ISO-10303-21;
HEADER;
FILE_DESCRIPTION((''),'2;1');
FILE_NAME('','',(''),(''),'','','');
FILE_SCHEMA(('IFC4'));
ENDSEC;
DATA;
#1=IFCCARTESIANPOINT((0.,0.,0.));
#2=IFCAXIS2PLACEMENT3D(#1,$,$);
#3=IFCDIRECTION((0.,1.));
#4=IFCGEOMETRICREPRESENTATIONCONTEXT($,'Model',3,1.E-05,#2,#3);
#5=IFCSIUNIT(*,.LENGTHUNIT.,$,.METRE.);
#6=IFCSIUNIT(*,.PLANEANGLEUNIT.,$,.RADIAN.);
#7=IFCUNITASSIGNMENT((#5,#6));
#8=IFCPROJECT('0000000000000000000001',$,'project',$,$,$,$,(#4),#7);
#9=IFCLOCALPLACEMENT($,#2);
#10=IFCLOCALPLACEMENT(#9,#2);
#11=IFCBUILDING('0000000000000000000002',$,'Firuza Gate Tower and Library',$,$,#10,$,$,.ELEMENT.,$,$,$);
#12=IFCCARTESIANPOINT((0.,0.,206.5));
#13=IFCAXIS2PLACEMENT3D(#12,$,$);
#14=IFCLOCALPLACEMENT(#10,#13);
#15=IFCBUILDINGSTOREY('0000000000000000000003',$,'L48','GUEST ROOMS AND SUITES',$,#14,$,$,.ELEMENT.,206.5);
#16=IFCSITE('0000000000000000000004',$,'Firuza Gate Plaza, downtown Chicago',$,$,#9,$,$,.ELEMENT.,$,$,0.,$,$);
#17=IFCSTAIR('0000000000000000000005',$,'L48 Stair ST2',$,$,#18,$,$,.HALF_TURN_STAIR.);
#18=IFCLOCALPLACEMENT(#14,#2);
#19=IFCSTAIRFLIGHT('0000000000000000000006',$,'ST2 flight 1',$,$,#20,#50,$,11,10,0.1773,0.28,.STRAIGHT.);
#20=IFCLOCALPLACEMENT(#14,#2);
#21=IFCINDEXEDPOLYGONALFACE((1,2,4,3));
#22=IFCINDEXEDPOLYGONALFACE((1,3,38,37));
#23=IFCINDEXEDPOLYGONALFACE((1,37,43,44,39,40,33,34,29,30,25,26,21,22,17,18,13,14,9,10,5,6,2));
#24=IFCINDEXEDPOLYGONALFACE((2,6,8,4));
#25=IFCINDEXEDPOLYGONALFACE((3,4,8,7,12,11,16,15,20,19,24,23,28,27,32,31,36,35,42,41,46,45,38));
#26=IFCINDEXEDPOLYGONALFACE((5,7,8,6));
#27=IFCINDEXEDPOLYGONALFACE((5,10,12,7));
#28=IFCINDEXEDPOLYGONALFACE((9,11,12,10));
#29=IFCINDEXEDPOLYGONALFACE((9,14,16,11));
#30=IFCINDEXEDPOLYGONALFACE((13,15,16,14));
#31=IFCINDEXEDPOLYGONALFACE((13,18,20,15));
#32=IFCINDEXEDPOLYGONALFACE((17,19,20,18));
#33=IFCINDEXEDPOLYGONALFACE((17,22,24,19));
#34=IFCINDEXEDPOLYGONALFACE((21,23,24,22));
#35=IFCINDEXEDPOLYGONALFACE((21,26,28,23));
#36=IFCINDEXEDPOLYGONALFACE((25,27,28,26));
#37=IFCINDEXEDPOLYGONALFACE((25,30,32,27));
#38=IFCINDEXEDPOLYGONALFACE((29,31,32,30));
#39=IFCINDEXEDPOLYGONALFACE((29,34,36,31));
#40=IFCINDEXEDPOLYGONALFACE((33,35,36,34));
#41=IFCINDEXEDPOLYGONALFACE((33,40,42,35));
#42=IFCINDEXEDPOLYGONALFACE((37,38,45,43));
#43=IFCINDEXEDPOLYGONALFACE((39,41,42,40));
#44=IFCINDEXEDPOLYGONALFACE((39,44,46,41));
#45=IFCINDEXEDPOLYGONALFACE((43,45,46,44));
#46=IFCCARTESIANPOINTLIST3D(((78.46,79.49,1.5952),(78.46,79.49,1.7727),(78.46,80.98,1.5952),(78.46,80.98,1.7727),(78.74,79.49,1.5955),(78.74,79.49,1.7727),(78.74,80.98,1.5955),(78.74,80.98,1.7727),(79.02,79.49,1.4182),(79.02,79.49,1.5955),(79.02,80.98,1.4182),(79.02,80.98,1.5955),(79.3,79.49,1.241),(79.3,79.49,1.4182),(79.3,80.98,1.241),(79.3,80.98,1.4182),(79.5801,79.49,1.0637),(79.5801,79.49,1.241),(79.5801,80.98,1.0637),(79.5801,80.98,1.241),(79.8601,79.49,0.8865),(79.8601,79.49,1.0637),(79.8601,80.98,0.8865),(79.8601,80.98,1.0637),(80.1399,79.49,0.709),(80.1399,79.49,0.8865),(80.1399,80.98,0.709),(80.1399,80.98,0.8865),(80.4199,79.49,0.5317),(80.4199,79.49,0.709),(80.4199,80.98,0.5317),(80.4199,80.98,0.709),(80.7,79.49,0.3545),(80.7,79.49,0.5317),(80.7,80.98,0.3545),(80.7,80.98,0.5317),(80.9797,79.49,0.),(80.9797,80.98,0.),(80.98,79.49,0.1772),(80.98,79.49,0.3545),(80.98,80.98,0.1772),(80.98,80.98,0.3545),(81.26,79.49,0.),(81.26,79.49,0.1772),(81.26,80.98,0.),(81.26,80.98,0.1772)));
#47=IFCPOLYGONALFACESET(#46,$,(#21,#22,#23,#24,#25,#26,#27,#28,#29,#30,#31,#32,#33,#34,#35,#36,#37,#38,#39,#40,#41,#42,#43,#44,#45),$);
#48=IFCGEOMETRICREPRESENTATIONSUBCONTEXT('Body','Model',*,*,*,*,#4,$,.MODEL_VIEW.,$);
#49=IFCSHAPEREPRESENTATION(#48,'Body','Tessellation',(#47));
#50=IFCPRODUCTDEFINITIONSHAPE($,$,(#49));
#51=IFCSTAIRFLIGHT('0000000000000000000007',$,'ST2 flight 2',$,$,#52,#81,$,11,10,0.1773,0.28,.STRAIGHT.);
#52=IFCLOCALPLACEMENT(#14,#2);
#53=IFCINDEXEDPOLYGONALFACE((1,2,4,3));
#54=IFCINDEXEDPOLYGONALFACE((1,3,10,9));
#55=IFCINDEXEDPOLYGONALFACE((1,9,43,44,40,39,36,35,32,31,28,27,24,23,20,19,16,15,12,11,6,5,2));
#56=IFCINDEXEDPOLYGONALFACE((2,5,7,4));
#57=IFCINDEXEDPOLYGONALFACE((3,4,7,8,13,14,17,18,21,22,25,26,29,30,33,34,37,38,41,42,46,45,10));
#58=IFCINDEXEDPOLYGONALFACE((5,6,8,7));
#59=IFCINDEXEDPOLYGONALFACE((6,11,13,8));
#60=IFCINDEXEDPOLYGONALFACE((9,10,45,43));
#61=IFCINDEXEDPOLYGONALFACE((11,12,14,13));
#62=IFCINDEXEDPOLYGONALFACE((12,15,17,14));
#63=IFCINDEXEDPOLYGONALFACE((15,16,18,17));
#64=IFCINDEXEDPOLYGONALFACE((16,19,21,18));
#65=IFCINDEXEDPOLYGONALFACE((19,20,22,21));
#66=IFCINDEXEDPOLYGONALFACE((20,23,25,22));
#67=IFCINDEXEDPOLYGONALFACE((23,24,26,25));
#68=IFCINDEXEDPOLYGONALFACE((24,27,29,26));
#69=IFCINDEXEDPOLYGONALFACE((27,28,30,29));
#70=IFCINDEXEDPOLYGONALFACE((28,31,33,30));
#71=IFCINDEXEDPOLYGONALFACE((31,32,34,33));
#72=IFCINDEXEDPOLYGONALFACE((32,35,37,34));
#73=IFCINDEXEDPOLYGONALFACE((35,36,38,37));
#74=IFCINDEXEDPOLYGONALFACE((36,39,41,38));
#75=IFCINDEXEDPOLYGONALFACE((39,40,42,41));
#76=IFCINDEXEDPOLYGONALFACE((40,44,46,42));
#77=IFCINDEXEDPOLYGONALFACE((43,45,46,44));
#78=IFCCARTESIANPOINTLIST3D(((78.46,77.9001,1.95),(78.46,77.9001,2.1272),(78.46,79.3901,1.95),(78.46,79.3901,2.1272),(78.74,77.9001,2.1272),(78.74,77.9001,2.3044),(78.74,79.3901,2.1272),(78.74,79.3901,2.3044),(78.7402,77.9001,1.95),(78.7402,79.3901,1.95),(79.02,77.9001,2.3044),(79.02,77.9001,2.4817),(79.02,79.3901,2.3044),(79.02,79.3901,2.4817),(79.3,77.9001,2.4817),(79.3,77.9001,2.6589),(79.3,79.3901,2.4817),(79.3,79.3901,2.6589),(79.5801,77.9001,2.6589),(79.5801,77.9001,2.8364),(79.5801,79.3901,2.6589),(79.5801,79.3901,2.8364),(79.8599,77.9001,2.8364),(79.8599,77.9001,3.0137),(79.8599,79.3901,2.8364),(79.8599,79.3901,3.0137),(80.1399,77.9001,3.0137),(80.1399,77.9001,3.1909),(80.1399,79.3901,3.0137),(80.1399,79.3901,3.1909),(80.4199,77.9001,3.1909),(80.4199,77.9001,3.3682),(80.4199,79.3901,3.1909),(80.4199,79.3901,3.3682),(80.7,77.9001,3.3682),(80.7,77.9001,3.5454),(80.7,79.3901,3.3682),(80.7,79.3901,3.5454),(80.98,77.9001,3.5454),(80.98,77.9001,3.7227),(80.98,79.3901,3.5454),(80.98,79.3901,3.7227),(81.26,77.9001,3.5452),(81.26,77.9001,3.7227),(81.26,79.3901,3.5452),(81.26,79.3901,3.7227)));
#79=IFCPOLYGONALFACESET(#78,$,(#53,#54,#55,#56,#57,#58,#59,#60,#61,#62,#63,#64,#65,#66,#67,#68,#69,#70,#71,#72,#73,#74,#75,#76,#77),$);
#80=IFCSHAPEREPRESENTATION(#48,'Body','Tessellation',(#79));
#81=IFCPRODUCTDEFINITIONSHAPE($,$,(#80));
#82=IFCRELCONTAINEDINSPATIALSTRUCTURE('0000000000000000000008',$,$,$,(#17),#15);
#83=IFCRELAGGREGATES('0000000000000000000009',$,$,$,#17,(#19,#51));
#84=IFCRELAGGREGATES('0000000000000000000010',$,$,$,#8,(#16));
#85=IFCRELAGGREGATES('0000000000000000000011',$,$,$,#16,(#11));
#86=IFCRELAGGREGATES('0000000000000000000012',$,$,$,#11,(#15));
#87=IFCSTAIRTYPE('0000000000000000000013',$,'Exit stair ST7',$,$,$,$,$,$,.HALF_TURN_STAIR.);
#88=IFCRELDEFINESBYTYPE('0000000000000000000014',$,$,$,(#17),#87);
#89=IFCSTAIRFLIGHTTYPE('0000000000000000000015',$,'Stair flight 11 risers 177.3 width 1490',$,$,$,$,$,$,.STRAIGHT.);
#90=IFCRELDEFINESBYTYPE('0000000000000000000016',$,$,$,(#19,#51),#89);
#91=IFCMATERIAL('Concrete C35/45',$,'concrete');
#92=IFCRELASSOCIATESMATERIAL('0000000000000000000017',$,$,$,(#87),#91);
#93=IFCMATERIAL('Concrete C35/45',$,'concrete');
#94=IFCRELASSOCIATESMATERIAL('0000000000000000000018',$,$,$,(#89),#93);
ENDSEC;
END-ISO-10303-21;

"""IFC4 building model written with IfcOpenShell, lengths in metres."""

from ifc_helpers import new_model, si_unit, direction, frame, origin, place, context, subcontext, project, spatial, polyline, outline, extrude, material, type_object, element, aggregate, save


model = new_model("IFC4")

# Units and contexts
model_context = context("Model", 3, precision=1e-05, world=origin(), true_north=direction((0.0, 1.0)))
body_context = subcontext(model_context, "Body", "Model", "MODEL_VIEW")
ifc_project = project(units=[si_unit("LENGTHUNIT", "METRE"), si_unit("PLANEANGLEUNIT", "RADIAN")], contexts=[model_context])

# Site, building, storey
site_placement = place(None, origin())
site = spatial("IfcSite", under=ifc_project, at=site_placement, Name="Firuza Gate Plaza, downtown Chicago", CompositionType="ELEMENT", RefElevation=0.0)
building_placement = place(site_placement, origin())
building = spatial("IfcBuilding", under=site, at=building_placement, Name="Firuza Gate Tower and Library", CompositionType="ELEMENT")
storey_placement = place(building_placement, frame((0.0, 0.0, 206.5)))
storey = spatial("IfcBuildingStorey", under=building, at=storey_placement, Name="L48", Description="GUEST ROOMS AND SUITES", CompositionType="ELEMENT", Elevation=206.5)

# Shared definitions
placement = place(storey_placement, origin())

# Stair, stair flights
ifc_material_1 = material(Name="Concrete C35/45", Category="concrete")
stair_type = type_object("IfcStairType", Name="Exit stair ST7", PredefinedType="HALF_TURN_STAIR", material=ifc_material_1)
stair = element("IfcStair", 1, at=placement, inside=storey, type_object=stair_type, Name="L48 Stair ST2", PredefinedType="HALF_TURN_STAIR")
ifc_material_2 = material(Name="Concrete C35/45", Category="concrete")
stair_flight_type = type_object("IfcStairFlightType", Name="Stair flight 11 risers 177.3 width 1490", PredefinedType="STRAIGHT", material=ifc_material_2)
stair_flight_1_placement = place(storey_placement, frame((81.26, 80.2351, 0.0), z_axis=(0.0, 0.0, 1.0), x_axis=(-1.0, 0.0, 0.0)))
stair_flight_1 = element("IfcStairFlight", 2, at=stair_flight_1_placement, type_object=stair_flight_type, Name="ST2 flight 1", NumberOfRisers=11, NumberOfTreads=10, PredefinedType="STRAIGHT", RiserHeight=0.1773, TreadLength=0.28, context=body_context, shape_type="SweptSolid", body=[
    extrude(outline(polyline([(0.0, 0.0), (0.0, 0.1772), (0.28, 0.1772), (0.28, 0.3545), (0.5601, 0.3545), (0.5601, 0.5317), (0.8401, 0.5317), (0.8401, 0.709), (1.1201, 0.709), (1.1201, 0.8865), (1.3999, 0.8865), (1.3999, 1.0637), (1.6799, 1.0637), (1.6799, 1.241), (1.96, 1.241), (1.96, 1.4182), (2.24, 1.4182), (2.24, 1.5955), (2.52, 1.5955), (2.52, 1.7727), (2.8, 1.7727), (2.8, 1.95), (2.8, 1.5952), (0.2803, 0.0), (0.0, 0.0)])), frame((0.0, 0.7451, 0.0), z_axis=(0.0, -1.0, 0.0), x_axis=(1.0, 0.0, 0.0)), (0.0, 0.0, 1.0), 1.49),
])
stair_flight_2_placement = place(storey_placement, frame((78.46, 78.645, 1.95), z_axis=(0.0, 0.0, 1.0), x_axis=(1.0, 0.0, 0.0)))
stair_flight_2 = element("IfcStairFlight", 3, at=stair_flight_2_placement, type_object=stair_flight_type, Name="ST2 flight 2", NumberOfRisers=11, NumberOfTreads=10, PredefinedType="STRAIGHT", RiserHeight=0.1773, TreadLength=0.28, context=body_context, shape_type="SweptSolid", body=[
    extrude(outline(polyline([(0.0, 0.0), (0.0, 0.1772), (0.28, 0.1772), (0.28, 0.3545), (0.5601, 0.3545), (0.5601, 0.5317), (0.8401, 0.5317), (0.8401, 0.709), (1.1201, 0.709), (1.1201, 0.8865), (1.3999, 0.8865), (1.3999, 1.0637), (1.6799, 1.0637), (1.6799, 1.241), (1.96, 1.241), (1.96, 1.4182), (2.24, 1.4182), (2.24, 1.5955), (2.52, 1.5955), (2.52, 1.7727), (2.8, 1.7727), (2.8, 1.95), (2.8, 1.5952), (0.2803, 0.0), (0.0, 0.0)])), frame((0.0, 0.7451, 0.0), z_axis=(0.0, -1.0, 0.0), x_axis=(1.0, 0.0, 0.0)), (0.0, 0.0, 1.0), 1.49),
])
aggregate(stair, [stair_flight_1, stair_flight_2])

save(model, "model.ifc")
